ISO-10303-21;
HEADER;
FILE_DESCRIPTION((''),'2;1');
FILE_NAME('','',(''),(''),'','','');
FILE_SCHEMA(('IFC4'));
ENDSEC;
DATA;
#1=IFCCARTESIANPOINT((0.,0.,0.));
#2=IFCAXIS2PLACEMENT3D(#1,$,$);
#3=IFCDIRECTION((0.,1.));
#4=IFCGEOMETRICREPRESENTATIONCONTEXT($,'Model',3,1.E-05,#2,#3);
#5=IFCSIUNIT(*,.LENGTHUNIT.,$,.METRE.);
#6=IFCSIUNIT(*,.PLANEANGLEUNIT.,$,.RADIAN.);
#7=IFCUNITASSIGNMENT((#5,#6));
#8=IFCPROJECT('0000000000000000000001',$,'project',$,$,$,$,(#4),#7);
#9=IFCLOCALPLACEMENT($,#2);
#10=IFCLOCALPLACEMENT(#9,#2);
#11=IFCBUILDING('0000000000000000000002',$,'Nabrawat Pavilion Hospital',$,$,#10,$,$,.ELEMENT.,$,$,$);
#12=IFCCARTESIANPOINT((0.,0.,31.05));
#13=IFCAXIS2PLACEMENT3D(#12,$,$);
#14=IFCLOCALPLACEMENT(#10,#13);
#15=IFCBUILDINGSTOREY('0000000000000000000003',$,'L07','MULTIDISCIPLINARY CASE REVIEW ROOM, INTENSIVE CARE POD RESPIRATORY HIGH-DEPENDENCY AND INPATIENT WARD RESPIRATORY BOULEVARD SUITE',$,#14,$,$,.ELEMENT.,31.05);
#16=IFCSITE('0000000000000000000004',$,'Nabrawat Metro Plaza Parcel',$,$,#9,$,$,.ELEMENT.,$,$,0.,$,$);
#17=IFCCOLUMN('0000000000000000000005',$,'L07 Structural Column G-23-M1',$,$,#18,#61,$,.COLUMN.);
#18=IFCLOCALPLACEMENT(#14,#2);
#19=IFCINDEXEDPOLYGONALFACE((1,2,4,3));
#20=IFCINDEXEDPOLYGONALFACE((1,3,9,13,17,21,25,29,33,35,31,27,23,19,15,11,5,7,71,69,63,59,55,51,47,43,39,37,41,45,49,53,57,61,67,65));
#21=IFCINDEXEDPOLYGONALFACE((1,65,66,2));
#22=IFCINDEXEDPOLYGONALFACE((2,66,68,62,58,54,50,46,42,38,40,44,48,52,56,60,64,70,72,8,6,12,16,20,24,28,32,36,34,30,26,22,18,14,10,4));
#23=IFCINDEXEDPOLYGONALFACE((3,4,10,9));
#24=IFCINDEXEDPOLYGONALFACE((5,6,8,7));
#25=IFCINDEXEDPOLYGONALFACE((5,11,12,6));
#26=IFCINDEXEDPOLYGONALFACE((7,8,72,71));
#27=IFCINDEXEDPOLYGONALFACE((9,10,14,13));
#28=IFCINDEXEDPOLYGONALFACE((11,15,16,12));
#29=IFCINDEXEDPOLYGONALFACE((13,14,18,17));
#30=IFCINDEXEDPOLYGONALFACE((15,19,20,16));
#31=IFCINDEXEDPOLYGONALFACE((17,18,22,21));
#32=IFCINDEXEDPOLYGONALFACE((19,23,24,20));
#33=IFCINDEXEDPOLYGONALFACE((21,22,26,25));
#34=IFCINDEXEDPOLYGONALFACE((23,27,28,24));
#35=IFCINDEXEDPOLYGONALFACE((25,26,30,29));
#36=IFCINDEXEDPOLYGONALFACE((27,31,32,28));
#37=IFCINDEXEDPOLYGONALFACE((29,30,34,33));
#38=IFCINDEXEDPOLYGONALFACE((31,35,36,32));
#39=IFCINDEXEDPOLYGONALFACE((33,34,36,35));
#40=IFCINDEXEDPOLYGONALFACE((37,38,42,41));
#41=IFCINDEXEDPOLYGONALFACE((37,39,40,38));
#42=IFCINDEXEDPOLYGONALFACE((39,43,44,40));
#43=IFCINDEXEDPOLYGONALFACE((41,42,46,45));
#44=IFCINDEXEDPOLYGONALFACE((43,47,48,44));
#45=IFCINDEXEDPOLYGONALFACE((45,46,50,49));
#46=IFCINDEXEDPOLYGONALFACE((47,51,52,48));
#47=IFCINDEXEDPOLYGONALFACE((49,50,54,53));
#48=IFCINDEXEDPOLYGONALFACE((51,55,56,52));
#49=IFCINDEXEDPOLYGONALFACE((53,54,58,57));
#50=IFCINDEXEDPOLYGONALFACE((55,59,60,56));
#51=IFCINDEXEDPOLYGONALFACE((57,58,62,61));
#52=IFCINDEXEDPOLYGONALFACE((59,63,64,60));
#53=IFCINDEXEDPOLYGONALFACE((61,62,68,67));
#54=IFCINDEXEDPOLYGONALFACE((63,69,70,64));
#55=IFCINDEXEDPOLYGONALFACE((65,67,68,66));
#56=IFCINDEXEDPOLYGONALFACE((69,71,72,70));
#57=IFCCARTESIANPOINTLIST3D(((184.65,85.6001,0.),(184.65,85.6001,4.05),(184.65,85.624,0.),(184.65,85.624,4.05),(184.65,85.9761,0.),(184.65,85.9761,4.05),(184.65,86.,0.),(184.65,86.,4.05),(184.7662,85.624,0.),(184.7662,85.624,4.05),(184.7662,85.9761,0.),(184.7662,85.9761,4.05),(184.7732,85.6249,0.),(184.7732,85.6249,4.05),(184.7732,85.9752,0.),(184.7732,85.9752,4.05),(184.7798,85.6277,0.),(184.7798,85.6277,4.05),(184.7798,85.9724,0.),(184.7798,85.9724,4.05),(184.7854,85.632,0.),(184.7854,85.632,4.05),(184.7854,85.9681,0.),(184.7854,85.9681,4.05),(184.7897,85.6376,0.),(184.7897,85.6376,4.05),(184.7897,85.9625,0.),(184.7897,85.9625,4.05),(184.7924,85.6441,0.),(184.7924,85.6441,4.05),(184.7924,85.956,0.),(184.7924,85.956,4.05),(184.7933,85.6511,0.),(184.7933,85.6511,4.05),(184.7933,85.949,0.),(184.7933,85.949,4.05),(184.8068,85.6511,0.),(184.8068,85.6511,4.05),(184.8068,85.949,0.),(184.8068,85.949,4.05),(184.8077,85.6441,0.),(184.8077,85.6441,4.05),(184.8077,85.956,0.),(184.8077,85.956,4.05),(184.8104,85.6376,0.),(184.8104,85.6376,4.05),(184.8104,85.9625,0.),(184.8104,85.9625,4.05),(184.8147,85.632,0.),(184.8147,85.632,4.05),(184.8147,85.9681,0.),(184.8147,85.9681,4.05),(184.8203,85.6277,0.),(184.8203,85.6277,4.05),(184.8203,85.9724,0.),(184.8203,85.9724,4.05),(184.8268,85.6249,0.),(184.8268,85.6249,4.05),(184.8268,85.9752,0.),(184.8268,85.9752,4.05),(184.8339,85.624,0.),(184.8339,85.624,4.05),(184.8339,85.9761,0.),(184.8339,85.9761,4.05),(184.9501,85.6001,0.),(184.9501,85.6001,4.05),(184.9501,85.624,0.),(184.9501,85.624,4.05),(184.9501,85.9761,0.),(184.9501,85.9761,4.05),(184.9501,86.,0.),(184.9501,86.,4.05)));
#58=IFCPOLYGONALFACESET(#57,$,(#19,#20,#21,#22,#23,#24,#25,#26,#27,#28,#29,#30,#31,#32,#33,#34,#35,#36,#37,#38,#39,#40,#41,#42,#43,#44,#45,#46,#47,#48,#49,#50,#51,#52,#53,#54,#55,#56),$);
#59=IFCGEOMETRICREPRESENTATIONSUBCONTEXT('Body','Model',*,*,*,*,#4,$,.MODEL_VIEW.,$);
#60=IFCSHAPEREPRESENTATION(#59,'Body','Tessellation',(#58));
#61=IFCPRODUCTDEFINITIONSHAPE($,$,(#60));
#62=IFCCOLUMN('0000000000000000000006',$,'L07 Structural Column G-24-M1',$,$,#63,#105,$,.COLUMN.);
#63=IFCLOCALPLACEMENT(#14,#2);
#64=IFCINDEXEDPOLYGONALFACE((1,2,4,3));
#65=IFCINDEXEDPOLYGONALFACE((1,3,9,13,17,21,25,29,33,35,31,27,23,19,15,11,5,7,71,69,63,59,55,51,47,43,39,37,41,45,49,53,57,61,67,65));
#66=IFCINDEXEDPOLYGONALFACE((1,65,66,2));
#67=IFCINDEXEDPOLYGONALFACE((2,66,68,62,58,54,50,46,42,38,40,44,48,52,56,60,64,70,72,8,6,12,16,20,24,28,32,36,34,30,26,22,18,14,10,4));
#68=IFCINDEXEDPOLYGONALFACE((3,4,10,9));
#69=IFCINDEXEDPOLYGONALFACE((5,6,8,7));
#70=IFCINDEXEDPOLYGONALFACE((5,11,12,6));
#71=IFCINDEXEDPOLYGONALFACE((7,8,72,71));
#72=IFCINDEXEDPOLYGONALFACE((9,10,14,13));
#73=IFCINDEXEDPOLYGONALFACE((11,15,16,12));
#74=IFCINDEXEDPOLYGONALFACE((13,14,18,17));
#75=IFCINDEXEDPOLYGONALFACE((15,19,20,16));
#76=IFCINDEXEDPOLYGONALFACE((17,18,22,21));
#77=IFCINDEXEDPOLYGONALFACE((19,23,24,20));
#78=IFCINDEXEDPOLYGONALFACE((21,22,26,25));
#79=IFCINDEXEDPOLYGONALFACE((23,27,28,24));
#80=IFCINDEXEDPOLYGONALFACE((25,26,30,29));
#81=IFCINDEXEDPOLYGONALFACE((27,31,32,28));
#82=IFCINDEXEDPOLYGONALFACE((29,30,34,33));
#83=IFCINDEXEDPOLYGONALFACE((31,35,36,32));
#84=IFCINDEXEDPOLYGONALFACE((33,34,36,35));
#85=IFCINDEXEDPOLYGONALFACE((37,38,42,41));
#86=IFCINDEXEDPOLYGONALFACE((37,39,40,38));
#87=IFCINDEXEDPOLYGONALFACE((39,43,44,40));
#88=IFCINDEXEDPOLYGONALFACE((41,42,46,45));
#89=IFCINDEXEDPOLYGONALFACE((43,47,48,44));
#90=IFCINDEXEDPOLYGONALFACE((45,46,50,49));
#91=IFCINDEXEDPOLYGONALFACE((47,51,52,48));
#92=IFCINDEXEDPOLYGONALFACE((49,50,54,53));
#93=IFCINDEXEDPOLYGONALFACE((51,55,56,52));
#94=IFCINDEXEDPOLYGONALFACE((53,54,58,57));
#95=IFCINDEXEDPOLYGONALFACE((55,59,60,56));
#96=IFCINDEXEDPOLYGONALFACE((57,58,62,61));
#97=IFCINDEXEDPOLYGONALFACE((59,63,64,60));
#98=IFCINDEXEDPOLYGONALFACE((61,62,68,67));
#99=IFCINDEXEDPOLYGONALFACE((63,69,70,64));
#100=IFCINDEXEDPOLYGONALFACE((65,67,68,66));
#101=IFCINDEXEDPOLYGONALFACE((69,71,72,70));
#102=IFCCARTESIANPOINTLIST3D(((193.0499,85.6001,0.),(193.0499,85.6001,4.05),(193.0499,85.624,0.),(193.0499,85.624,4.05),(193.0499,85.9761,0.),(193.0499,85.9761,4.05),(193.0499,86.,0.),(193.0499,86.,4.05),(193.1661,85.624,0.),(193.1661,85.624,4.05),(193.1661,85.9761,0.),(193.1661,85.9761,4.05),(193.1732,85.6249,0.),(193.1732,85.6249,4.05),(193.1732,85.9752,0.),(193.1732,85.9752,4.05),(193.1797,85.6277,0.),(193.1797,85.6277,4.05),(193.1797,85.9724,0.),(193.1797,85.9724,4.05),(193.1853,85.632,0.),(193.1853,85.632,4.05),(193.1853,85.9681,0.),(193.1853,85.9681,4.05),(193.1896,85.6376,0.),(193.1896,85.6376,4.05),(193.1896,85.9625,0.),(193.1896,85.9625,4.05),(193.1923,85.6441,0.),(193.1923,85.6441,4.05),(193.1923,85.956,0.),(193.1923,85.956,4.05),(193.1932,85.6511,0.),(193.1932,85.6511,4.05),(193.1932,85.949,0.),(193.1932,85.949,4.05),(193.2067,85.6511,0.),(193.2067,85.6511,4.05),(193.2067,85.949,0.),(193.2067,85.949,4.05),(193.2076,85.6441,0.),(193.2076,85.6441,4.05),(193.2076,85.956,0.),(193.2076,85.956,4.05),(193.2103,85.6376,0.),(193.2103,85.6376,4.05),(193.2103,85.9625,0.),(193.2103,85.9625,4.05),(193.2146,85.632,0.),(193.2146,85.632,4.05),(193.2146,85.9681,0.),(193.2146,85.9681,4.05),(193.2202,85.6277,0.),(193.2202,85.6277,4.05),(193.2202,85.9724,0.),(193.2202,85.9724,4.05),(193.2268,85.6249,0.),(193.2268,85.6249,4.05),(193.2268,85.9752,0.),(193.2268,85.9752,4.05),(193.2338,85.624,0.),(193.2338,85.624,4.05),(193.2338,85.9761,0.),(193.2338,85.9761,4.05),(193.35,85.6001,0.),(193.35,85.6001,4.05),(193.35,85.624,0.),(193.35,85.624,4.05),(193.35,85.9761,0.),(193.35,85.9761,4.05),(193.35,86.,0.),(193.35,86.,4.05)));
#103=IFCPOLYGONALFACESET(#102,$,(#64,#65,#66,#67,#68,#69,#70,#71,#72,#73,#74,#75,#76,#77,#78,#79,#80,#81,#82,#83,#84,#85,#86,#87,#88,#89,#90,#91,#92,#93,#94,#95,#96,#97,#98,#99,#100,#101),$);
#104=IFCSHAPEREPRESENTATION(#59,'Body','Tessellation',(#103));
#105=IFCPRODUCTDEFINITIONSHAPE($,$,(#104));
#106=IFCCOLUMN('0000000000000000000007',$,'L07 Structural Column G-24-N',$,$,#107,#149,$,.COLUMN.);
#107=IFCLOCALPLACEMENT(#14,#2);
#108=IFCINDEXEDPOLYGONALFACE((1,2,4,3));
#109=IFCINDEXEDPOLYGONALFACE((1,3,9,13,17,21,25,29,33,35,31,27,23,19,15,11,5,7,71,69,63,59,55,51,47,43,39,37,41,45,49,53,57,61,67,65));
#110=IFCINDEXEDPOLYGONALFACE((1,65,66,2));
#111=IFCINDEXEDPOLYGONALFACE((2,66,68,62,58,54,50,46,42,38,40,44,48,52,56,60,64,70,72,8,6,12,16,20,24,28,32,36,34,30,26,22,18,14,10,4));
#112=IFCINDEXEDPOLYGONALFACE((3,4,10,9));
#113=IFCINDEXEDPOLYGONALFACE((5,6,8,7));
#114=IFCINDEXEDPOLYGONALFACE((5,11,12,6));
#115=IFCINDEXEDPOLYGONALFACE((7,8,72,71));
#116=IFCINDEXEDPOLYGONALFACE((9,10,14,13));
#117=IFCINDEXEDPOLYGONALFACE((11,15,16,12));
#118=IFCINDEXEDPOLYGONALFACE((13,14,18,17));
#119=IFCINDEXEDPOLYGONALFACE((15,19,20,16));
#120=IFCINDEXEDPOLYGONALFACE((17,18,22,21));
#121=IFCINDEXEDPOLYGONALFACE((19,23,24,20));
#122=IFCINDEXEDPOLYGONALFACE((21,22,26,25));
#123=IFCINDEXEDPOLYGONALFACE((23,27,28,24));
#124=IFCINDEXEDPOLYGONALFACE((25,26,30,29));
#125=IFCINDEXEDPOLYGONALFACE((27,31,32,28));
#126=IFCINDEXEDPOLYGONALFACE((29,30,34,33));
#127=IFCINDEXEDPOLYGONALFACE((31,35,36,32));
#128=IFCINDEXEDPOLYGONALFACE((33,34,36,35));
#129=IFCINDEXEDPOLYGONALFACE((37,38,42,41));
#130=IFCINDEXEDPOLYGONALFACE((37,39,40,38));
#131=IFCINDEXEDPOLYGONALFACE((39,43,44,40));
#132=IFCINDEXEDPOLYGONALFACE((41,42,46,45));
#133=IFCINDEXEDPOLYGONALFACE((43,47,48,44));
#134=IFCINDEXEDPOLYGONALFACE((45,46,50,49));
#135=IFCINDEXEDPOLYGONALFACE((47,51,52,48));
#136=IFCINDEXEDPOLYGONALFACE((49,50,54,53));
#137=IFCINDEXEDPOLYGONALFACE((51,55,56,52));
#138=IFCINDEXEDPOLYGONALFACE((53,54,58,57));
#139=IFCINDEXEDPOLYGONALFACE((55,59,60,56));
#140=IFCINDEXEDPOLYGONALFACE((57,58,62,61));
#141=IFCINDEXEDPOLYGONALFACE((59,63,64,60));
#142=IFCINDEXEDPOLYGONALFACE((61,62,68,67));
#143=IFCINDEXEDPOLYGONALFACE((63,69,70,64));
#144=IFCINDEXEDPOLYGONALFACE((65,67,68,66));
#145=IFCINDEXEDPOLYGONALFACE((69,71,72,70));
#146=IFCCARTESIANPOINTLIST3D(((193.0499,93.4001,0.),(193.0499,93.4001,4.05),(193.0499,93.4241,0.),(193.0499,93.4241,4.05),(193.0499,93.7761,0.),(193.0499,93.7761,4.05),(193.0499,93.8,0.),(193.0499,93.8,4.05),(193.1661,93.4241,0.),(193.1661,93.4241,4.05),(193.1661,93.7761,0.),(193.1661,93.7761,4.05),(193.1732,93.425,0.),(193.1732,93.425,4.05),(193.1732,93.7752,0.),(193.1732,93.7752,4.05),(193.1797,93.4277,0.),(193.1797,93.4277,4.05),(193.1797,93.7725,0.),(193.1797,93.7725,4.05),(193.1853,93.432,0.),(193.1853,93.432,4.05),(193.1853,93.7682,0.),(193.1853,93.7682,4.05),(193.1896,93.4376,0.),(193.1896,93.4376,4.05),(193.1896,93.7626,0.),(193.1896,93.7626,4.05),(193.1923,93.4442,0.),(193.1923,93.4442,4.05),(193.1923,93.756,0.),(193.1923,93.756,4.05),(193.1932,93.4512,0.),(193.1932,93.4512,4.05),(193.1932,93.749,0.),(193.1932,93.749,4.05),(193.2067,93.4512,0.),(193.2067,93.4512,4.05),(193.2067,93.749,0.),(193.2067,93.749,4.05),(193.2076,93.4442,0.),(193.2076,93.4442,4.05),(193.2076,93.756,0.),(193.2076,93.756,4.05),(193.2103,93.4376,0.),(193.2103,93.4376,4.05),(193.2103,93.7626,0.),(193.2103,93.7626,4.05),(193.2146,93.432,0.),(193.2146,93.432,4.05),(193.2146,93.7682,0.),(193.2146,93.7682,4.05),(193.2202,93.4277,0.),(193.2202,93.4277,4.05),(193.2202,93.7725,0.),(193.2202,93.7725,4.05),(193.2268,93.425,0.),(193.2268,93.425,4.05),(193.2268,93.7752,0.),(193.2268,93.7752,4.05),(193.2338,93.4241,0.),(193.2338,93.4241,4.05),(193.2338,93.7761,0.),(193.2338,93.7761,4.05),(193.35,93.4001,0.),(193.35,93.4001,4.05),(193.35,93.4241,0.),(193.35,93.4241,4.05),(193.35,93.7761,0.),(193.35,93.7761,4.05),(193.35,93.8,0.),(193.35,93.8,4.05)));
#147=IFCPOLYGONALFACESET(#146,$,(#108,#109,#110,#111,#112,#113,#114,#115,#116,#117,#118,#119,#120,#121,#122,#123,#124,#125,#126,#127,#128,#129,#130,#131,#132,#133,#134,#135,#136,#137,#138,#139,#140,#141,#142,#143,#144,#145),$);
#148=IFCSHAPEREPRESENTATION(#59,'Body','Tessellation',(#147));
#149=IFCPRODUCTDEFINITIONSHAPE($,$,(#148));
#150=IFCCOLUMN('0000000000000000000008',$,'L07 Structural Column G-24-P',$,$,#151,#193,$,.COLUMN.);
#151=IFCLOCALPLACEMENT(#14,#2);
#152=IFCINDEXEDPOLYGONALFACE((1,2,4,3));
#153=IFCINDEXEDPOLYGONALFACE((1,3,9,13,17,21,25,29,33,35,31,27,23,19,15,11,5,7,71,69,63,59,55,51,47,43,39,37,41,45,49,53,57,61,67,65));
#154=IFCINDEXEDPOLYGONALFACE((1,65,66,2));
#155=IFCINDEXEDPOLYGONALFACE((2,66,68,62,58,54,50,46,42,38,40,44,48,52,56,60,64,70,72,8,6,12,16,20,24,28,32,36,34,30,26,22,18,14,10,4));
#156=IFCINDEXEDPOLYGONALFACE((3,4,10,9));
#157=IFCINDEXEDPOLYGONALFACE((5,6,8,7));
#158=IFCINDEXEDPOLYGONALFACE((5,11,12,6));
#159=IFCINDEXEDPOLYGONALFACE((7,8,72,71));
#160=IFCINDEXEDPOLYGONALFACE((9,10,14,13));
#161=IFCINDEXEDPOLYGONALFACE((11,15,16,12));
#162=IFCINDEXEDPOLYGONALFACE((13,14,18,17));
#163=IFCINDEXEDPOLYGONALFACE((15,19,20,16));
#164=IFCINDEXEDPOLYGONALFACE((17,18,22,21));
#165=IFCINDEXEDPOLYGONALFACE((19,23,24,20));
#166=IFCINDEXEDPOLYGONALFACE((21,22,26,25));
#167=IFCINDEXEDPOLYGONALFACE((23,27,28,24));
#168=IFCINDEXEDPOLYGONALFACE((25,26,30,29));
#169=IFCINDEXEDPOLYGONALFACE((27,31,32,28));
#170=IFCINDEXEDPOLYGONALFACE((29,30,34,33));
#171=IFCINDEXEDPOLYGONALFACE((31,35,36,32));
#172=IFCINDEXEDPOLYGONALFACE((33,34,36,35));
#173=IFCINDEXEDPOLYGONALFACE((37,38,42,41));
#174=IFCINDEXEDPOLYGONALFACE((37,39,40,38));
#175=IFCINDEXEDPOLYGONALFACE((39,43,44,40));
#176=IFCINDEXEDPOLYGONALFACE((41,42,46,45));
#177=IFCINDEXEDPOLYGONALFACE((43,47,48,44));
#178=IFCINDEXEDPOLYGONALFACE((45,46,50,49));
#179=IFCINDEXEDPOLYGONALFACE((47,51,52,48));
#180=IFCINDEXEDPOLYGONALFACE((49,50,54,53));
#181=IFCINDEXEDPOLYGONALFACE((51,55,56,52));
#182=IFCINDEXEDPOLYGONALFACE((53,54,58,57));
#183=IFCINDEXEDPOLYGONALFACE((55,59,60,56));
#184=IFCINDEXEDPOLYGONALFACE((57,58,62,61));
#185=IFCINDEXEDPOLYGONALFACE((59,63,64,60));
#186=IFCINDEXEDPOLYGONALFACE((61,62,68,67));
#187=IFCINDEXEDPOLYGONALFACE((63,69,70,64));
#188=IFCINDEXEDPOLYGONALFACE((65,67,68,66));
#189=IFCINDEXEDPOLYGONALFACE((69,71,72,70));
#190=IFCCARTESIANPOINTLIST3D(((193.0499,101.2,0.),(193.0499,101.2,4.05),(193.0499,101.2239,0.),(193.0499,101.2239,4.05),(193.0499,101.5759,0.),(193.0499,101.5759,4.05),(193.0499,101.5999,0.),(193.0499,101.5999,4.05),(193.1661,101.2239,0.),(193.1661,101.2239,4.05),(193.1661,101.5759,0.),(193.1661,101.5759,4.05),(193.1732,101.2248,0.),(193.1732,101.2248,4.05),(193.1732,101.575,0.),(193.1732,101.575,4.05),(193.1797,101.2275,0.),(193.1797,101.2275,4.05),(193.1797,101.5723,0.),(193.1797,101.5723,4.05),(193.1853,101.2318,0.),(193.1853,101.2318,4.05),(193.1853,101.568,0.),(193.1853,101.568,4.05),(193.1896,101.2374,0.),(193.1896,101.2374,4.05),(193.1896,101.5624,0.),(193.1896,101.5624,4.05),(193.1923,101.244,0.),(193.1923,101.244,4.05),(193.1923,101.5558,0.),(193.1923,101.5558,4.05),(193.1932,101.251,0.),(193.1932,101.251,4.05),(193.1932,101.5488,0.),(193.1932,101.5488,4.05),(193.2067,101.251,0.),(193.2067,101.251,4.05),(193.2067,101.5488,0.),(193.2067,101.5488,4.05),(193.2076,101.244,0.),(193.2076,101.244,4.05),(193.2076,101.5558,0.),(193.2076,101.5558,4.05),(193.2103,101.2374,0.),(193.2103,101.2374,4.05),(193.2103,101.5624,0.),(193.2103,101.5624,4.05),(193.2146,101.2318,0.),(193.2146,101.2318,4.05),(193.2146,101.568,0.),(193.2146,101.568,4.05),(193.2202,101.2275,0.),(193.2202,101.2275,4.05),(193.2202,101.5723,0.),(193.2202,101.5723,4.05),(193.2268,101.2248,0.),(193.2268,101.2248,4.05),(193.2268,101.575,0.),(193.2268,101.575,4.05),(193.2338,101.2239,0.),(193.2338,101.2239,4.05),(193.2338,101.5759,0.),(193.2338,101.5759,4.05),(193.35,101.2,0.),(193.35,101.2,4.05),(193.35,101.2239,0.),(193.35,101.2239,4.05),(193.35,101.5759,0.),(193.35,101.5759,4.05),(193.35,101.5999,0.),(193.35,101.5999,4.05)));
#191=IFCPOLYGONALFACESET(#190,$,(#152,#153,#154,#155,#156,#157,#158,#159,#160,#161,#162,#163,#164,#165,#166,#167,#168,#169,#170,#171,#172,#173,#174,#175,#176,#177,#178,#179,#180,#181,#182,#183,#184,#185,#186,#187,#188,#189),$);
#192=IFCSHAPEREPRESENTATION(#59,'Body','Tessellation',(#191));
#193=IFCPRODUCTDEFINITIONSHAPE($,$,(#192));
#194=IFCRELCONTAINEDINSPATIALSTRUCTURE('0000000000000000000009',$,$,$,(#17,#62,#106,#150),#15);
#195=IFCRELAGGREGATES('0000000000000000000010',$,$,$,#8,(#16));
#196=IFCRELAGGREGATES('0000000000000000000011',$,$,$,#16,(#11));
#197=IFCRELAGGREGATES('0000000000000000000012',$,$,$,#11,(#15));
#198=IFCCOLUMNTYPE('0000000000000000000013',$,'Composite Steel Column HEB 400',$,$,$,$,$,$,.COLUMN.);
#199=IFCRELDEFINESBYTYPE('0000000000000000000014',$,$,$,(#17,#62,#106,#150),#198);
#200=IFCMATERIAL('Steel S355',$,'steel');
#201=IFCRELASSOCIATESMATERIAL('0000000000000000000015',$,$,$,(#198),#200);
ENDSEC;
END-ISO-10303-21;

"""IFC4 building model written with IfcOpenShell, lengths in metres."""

from ifc_helpers import new_model, si_unit, direction, frame, origin, origin_2d, place, context, subcontext, project, spatial, i_section, extrude, material, material_profile, profile_set, type_object, element, save


model = new_model("IFC4")

# Units and contexts
model_context = context("Model", 3, precision=1e-05, world=origin(), true_north=direction((0.0, 1.0)))
body_context = subcontext(model_context, "Body", "Model", "MODEL_VIEW")
ifc_project = project(units=[si_unit("LENGTHUNIT", "METRE"), si_unit("PLANEANGLEUNIT", "RADIAN")], contexts=[model_context])

# Site, building, storey
site_placement = place(None, origin())
site = spatial("IfcSite", under=ifc_project, at=site_placement, Name="Nabrawat Metro Plaza Parcel", CompositionType="ELEMENT", RefElevation=0.0)
building_placement = place(site_placement, origin())
building = spatial("IfcBuilding", under=site, at=building_placement, Name="Nabrawat Pavilion Hospital", CompositionType="ELEMENT")
storey_placement = place(building_placement, frame((0.0, 0.0, 31.05)))
storey = spatial("IfcBuildingStorey", under=building, at=storey_placement, Name="L07", Description="MULTIDISCIPLINARY CASE REVIEW ROOM, INTENSIVE CARE POD RESPIRATORY HIGH-DEPENDENCY AND INPATIENT WARD RESPIRATORY BOULEVARD SUITE", CompositionType="ELEMENT", Elevation=31.05)

# Columns
ifc_material_1 = material(Name="Steel S355", Category="steel")
ifc_material_profile_1 = material_profile(ifc_material_1, i_section(OverallWidth=0.3, OverallDepth=0.3999, WebThickness=0.0134, FlangeThickness=0.0239, FilletRadius=0.0271, at=origin_2d()), Name="HEB 400")
ifc_profile_set_1 = profile_set([ifc_material_profile_1], Name="Steel S355")
column_type = type_object("IfcColumnType", Name="Composite Steel Column HEB 400", PredefinedType="COLUMN", material=ifc_profile_set_1)
for number, where, z_axis, x_axis, name in (
    (1, (184.8, 85.8, 0.0), (0.0, 0.0, 1.0), (1.0, 0.0, 0.0), "L07 Structural Column G-23-M1"),
    (2, (193.2, 85.8, 0.0), (0.0, 0.0, 1.0), (1.0, 0.0, 0.0), "L07 Structural Column G-24-M1"),
    (3, (193.2, 93.6001, 0.0), (0.0, 0.0, 1.0), (1.0, 0.0, 0.0), "L07 Structural Column G-24-N"),
    (4, (193.2, 101.3999, 0.0), (0.0, 0.0, 1.0), (1.0, 0.0, 0.0), "L07 Structural Column G-24-P"),
):
    element("IfcColumn", number, at=place(storey_placement, frame(where, z_axis=z_axis, x_axis=x_axis)), inside=storey, type_object=column_type, Name=name, PredefinedType="COLUMN", context=body_context, shape_type="SweptSolid", body=[
        extrude(i_section(OverallWidth=0.3, OverallDepth=0.3999, WebThickness=0.0134, FlangeThickness=0.0239, FilletRadius=0.0271, at=origin_2d()), origin(), (0.0, 0.0, 1.0), 4.05),
    ])

save(model, "model.ifc")
